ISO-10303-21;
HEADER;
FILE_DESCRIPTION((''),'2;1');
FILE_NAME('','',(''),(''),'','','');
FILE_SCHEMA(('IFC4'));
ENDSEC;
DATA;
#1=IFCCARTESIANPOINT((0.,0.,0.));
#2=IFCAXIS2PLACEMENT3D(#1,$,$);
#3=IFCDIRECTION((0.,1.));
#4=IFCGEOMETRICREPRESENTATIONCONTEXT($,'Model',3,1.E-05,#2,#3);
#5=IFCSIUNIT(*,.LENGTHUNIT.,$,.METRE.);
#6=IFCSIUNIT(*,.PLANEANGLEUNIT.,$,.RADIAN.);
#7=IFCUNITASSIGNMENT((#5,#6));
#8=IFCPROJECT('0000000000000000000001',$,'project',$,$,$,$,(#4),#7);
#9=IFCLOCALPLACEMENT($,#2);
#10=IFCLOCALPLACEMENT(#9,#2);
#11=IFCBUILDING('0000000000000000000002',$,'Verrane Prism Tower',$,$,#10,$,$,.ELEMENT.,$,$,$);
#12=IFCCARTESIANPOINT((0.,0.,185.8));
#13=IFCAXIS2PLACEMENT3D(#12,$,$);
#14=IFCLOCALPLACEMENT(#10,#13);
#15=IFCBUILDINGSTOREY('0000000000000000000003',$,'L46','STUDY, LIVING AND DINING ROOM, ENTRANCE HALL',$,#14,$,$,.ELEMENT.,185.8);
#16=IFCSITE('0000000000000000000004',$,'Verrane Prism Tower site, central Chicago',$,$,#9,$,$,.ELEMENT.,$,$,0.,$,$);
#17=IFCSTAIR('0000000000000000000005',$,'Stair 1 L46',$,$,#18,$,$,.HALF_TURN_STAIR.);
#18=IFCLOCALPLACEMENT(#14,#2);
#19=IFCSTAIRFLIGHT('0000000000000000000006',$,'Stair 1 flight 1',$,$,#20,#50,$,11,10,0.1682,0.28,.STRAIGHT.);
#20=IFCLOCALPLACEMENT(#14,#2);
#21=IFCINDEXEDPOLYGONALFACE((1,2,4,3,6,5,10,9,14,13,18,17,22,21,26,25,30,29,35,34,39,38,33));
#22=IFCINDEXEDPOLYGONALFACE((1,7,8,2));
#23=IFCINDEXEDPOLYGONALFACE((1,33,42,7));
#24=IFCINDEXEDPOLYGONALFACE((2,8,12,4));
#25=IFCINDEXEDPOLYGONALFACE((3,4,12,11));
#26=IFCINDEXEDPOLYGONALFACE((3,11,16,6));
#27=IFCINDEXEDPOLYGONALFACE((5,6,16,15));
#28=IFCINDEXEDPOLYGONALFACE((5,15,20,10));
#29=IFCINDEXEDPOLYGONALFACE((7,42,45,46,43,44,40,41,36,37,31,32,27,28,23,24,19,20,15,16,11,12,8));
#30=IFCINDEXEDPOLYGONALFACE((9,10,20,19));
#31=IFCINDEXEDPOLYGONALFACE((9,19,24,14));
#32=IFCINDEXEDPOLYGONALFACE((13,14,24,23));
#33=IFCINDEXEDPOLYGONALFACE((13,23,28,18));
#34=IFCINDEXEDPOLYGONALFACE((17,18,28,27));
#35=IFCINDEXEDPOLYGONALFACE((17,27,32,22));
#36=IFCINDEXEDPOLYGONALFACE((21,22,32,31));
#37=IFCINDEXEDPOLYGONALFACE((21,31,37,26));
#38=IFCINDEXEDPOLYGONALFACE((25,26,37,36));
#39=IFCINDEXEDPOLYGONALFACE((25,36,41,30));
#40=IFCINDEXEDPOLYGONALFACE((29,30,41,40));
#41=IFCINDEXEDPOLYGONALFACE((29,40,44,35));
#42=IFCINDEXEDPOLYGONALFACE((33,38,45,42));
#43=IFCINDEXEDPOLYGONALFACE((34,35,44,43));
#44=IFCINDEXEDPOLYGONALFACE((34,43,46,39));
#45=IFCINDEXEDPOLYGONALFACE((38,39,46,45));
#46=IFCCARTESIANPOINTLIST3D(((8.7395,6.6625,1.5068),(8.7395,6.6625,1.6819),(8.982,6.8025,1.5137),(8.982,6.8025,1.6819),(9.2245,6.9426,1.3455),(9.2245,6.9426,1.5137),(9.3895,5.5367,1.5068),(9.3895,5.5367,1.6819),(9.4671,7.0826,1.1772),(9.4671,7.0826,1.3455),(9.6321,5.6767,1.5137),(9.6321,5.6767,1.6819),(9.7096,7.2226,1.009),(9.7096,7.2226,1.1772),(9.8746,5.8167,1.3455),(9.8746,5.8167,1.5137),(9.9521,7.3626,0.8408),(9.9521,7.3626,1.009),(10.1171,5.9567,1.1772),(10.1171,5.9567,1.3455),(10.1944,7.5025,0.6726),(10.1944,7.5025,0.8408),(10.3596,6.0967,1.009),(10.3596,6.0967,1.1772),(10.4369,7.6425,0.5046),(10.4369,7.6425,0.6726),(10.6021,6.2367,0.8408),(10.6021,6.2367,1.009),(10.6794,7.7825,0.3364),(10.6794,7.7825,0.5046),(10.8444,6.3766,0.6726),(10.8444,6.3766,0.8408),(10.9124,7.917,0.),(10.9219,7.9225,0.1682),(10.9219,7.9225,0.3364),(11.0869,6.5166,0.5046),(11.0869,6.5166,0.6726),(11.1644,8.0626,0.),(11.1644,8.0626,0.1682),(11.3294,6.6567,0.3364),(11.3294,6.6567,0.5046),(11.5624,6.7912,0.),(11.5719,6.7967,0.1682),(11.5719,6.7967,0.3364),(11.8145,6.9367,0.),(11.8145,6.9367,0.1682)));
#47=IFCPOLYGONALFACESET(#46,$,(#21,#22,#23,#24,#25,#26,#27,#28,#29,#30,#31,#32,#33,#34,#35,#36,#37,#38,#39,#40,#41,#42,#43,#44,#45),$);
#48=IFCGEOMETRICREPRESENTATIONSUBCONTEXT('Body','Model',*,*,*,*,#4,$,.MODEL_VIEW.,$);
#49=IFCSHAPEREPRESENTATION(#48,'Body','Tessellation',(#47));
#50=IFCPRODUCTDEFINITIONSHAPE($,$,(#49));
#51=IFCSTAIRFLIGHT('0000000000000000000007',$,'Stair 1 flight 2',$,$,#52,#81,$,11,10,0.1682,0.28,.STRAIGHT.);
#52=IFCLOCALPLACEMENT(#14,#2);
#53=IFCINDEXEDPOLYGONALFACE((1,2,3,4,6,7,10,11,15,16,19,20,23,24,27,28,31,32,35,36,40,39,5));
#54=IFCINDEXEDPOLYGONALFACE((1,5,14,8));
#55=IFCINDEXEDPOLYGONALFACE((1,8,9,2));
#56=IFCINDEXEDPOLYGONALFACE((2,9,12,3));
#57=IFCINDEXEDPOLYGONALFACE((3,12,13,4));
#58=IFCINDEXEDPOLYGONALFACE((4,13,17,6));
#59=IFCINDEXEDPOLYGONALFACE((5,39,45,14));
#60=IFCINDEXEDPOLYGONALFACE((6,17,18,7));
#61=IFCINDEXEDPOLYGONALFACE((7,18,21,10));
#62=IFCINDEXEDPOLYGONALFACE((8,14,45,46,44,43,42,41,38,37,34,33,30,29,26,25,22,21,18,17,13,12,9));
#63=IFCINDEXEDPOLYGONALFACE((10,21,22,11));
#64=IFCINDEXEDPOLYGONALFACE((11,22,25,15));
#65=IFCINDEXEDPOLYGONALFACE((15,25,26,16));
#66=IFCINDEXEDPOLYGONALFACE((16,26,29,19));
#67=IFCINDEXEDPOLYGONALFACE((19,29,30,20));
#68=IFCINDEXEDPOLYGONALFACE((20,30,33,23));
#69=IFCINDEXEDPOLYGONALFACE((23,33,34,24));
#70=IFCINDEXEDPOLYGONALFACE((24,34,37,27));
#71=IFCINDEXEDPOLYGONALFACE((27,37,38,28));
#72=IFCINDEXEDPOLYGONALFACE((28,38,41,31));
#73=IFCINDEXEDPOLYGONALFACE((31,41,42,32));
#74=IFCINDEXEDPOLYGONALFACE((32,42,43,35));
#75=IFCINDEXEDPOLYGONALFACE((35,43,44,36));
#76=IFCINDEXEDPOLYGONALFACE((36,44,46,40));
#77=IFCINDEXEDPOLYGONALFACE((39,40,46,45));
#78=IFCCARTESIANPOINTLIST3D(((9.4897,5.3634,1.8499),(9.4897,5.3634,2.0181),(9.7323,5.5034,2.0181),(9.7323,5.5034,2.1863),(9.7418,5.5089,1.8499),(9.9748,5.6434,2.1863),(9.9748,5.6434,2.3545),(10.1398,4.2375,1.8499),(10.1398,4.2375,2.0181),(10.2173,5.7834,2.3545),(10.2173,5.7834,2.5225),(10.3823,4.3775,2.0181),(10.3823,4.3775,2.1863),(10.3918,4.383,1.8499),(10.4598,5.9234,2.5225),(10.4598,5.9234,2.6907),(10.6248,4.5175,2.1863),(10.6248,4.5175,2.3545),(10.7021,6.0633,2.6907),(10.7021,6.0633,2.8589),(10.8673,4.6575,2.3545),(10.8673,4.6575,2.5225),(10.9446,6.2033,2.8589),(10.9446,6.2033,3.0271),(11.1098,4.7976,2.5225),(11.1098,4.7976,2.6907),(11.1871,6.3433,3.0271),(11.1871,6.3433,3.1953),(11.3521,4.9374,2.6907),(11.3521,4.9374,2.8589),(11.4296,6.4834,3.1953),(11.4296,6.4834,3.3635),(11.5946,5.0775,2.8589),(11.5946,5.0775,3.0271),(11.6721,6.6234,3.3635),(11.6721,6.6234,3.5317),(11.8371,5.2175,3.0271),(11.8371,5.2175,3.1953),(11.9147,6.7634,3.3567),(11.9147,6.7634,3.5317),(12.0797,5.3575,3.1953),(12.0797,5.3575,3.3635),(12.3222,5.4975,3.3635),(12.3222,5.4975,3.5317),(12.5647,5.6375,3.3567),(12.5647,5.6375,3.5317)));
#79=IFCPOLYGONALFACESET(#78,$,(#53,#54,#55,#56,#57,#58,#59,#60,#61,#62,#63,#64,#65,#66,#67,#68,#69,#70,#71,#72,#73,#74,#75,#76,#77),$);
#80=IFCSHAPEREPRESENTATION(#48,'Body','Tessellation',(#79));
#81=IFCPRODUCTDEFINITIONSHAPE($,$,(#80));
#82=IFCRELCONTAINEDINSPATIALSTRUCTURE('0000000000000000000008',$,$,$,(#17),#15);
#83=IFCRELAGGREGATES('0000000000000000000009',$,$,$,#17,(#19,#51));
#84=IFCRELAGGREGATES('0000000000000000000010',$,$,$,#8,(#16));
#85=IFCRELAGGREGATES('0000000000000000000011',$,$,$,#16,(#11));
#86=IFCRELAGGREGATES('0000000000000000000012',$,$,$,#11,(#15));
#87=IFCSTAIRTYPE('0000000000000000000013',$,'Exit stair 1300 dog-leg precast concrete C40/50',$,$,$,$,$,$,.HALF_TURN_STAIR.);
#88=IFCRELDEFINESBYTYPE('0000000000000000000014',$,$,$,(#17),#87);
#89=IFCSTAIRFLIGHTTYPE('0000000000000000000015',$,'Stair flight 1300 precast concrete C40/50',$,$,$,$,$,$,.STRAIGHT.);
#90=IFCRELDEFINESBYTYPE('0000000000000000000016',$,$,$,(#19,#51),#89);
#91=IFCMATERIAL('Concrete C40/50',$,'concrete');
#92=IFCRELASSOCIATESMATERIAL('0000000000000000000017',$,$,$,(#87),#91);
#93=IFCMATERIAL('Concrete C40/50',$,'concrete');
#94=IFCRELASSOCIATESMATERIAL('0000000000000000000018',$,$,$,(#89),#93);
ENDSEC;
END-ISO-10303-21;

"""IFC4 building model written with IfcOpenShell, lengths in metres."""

from ifc_helpers import new_model, si_unit, direction, frame, origin, place, context, subcontext, project, spatial, polyline, outline, extrude, material, type_object, element, aggregate, save


model = new_model("IFC4")

# Units and contexts
model_context = context("Model", 3, precision=1e-05, world=origin(), true_north=direction((0.0, 1.0)))
body_context = subcontext(model_context, "Body", "Model", "MODEL_VIEW")
ifc_project = project(units=[si_unit("LENGTHUNIT", "METRE"), si_unit("PLANEANGLEUNIT", "RADIAN")], contexts=[model_context])

# Site, building, storey
site_placement = place(None, origin())
site = spatial("IfcSite", under=ifc_project, at=site_placement, Name="Verrane Prism Tower site, central Chicago", CompositionType="ELEMENT", RefElevation=0.0)
building_placement = place(site_placement, origin())
building = spatial("IfcBuilding", under=site, at=building_placement, Name="Verrane Prism Tower", CompositionType="ELEMENT")
storey_placement = place(building_placement, frame((0.0, 0.0, 185.8)))
storey = spatial("IfcBuildingStorey", under=building, at=storey_placement, Name="L46", Description="STUDY, LIVING AND DINING ROOM, ENTRANCE HALL", CompositionType="ELEMENT", Elevation=185.8)

# Stair, stair flights
ifc_material_1 = material(Name="Concrete C40/50", Category="concrete")
stair_type = type_object("IfcStairType", Name="Exit stair 1300 dog-leg precast concrete C40/50", PredefinedType="HALF_TURN_STAIR", material=ifc_material_1)
stair_placement = place(storey_placement, origin())
stair = element("IfcStair", 1, at=stair_placement, inside=storey, type_object=stair_type, Name="Stair 1 L46", PredefinedType="HALF_TURN_STAIR")
ifc_material_2 = material(Name="Concrete C40/50", Category="concrete")
stair_flight_type = type_object("IfcStairFlightType", Name="Stair flight 1300 precast concrete C40/50", PredefinedType="STRAIGHT", material=ifc_material_2)
stair_flight_1_placement = place(storey_placement, frame((11.4895, 7.4995, 0.0), z_axis=(0.0, 0.0, 1.0), x_axis=(-0.866025, -0.5, 0.0)))
stair_flight_1 = element("IfcStairFlight", 2, at=stair_flight_1_placement, type_object=stair_flight_type, Name="Stair 1 flight 1", NumberOfRisers=11, NumberOfTreads=10, PredefinedType="STRAIGHT", RiserHeight=0.1682, TreadLength=0.28, context=body_context, shape_type="SweptSolid", body=[
    extrude(outline(polyline([(0.0, 0.0), (0.0, 0.1682), (0.28, 0.1682), (0.28, 0.3364), (0.5601, 0.3364), (0.5601, 0.5046), (0.8401, 0.5046), (0.8401, 0.6726), (1.1201, 0.6726), (1.1201, 0.8408), (1.3999, 0.8408), (1.3999, 1.009), (1.6799, 1.009), (1.6799, 1.1772), (1.96, 1.1772), (1.96, 1.3455), (2.24, 1.3455), (2.24, 1.5137), (2.52, 1.5137), (2.52, 1.6819), (2.8, 1.6819), (2.8, 1.8501), (2.8, 1.5068), (0.291, 0.0), (0.0, 0.0)])), frame((0.0, 0.6499, 0.0), z_axis=(0.0, -1.0, 0.0), x_axis=(1.0, 0.0, 0.0)), (0.0, 0.0, 1.0), 1.3),
])
stair_flight_2_placement = place(storey_placement, frame((9.8147, 4.8005, 1.8499), z_axis=(0.0, 0.0, 1.0), x_axis=(0.866025, 0.5, 0.0)))
stair_flight_2 = element("IfcStairFlight", 3, at=stair_flight_2_placement, type_object=stair_flight_type, Name="Stair 1 flight 2", NumberOfRisers=11, NumberOfTreads=10, PredefinedType="STRAIGHT", RiserHeight=0.1682, TreadLength=0.28, context=body_context, shape_type="SweptSolid", body=[
    extrude(outline(polyline([(0.0, 0.0), (0.0, 0.1682), (0.28, 0.1682), (0.28, 0.3364), (0.5601, 0.3364), (0.5601, 0.5046), (0.8401, 0.5046), (0.8401, 0.6726), (1.1201, 0.6726), (1.1201, 0.8408), (1.3999, 0.8408), (1.3999, 1.009), (1.6799, 1.009), (1.6799, 1.1772), (1.96, 1.1772), (1.96, 1.3455), (2.24, 1.3455), (2.24, 1.5137), (2.52, 1.5137), (2.52, 1.6819), (2.8, 1.6819), (2.8, 1.8501), (2.8, 1.5068), (0.291, 0.0), (0.0, 0.0)])), frame((0.0, 0.6499, 0.0), z_axis=(0.0, -1.0, 0.0), x_axis=(1.0, 0.0, 0.0)), (0.0, 0.0, 1.0), 1.3),
])
aggregate(stair, [stair_flight_1, stair_flight_2])

save(model, "model.ifc")
